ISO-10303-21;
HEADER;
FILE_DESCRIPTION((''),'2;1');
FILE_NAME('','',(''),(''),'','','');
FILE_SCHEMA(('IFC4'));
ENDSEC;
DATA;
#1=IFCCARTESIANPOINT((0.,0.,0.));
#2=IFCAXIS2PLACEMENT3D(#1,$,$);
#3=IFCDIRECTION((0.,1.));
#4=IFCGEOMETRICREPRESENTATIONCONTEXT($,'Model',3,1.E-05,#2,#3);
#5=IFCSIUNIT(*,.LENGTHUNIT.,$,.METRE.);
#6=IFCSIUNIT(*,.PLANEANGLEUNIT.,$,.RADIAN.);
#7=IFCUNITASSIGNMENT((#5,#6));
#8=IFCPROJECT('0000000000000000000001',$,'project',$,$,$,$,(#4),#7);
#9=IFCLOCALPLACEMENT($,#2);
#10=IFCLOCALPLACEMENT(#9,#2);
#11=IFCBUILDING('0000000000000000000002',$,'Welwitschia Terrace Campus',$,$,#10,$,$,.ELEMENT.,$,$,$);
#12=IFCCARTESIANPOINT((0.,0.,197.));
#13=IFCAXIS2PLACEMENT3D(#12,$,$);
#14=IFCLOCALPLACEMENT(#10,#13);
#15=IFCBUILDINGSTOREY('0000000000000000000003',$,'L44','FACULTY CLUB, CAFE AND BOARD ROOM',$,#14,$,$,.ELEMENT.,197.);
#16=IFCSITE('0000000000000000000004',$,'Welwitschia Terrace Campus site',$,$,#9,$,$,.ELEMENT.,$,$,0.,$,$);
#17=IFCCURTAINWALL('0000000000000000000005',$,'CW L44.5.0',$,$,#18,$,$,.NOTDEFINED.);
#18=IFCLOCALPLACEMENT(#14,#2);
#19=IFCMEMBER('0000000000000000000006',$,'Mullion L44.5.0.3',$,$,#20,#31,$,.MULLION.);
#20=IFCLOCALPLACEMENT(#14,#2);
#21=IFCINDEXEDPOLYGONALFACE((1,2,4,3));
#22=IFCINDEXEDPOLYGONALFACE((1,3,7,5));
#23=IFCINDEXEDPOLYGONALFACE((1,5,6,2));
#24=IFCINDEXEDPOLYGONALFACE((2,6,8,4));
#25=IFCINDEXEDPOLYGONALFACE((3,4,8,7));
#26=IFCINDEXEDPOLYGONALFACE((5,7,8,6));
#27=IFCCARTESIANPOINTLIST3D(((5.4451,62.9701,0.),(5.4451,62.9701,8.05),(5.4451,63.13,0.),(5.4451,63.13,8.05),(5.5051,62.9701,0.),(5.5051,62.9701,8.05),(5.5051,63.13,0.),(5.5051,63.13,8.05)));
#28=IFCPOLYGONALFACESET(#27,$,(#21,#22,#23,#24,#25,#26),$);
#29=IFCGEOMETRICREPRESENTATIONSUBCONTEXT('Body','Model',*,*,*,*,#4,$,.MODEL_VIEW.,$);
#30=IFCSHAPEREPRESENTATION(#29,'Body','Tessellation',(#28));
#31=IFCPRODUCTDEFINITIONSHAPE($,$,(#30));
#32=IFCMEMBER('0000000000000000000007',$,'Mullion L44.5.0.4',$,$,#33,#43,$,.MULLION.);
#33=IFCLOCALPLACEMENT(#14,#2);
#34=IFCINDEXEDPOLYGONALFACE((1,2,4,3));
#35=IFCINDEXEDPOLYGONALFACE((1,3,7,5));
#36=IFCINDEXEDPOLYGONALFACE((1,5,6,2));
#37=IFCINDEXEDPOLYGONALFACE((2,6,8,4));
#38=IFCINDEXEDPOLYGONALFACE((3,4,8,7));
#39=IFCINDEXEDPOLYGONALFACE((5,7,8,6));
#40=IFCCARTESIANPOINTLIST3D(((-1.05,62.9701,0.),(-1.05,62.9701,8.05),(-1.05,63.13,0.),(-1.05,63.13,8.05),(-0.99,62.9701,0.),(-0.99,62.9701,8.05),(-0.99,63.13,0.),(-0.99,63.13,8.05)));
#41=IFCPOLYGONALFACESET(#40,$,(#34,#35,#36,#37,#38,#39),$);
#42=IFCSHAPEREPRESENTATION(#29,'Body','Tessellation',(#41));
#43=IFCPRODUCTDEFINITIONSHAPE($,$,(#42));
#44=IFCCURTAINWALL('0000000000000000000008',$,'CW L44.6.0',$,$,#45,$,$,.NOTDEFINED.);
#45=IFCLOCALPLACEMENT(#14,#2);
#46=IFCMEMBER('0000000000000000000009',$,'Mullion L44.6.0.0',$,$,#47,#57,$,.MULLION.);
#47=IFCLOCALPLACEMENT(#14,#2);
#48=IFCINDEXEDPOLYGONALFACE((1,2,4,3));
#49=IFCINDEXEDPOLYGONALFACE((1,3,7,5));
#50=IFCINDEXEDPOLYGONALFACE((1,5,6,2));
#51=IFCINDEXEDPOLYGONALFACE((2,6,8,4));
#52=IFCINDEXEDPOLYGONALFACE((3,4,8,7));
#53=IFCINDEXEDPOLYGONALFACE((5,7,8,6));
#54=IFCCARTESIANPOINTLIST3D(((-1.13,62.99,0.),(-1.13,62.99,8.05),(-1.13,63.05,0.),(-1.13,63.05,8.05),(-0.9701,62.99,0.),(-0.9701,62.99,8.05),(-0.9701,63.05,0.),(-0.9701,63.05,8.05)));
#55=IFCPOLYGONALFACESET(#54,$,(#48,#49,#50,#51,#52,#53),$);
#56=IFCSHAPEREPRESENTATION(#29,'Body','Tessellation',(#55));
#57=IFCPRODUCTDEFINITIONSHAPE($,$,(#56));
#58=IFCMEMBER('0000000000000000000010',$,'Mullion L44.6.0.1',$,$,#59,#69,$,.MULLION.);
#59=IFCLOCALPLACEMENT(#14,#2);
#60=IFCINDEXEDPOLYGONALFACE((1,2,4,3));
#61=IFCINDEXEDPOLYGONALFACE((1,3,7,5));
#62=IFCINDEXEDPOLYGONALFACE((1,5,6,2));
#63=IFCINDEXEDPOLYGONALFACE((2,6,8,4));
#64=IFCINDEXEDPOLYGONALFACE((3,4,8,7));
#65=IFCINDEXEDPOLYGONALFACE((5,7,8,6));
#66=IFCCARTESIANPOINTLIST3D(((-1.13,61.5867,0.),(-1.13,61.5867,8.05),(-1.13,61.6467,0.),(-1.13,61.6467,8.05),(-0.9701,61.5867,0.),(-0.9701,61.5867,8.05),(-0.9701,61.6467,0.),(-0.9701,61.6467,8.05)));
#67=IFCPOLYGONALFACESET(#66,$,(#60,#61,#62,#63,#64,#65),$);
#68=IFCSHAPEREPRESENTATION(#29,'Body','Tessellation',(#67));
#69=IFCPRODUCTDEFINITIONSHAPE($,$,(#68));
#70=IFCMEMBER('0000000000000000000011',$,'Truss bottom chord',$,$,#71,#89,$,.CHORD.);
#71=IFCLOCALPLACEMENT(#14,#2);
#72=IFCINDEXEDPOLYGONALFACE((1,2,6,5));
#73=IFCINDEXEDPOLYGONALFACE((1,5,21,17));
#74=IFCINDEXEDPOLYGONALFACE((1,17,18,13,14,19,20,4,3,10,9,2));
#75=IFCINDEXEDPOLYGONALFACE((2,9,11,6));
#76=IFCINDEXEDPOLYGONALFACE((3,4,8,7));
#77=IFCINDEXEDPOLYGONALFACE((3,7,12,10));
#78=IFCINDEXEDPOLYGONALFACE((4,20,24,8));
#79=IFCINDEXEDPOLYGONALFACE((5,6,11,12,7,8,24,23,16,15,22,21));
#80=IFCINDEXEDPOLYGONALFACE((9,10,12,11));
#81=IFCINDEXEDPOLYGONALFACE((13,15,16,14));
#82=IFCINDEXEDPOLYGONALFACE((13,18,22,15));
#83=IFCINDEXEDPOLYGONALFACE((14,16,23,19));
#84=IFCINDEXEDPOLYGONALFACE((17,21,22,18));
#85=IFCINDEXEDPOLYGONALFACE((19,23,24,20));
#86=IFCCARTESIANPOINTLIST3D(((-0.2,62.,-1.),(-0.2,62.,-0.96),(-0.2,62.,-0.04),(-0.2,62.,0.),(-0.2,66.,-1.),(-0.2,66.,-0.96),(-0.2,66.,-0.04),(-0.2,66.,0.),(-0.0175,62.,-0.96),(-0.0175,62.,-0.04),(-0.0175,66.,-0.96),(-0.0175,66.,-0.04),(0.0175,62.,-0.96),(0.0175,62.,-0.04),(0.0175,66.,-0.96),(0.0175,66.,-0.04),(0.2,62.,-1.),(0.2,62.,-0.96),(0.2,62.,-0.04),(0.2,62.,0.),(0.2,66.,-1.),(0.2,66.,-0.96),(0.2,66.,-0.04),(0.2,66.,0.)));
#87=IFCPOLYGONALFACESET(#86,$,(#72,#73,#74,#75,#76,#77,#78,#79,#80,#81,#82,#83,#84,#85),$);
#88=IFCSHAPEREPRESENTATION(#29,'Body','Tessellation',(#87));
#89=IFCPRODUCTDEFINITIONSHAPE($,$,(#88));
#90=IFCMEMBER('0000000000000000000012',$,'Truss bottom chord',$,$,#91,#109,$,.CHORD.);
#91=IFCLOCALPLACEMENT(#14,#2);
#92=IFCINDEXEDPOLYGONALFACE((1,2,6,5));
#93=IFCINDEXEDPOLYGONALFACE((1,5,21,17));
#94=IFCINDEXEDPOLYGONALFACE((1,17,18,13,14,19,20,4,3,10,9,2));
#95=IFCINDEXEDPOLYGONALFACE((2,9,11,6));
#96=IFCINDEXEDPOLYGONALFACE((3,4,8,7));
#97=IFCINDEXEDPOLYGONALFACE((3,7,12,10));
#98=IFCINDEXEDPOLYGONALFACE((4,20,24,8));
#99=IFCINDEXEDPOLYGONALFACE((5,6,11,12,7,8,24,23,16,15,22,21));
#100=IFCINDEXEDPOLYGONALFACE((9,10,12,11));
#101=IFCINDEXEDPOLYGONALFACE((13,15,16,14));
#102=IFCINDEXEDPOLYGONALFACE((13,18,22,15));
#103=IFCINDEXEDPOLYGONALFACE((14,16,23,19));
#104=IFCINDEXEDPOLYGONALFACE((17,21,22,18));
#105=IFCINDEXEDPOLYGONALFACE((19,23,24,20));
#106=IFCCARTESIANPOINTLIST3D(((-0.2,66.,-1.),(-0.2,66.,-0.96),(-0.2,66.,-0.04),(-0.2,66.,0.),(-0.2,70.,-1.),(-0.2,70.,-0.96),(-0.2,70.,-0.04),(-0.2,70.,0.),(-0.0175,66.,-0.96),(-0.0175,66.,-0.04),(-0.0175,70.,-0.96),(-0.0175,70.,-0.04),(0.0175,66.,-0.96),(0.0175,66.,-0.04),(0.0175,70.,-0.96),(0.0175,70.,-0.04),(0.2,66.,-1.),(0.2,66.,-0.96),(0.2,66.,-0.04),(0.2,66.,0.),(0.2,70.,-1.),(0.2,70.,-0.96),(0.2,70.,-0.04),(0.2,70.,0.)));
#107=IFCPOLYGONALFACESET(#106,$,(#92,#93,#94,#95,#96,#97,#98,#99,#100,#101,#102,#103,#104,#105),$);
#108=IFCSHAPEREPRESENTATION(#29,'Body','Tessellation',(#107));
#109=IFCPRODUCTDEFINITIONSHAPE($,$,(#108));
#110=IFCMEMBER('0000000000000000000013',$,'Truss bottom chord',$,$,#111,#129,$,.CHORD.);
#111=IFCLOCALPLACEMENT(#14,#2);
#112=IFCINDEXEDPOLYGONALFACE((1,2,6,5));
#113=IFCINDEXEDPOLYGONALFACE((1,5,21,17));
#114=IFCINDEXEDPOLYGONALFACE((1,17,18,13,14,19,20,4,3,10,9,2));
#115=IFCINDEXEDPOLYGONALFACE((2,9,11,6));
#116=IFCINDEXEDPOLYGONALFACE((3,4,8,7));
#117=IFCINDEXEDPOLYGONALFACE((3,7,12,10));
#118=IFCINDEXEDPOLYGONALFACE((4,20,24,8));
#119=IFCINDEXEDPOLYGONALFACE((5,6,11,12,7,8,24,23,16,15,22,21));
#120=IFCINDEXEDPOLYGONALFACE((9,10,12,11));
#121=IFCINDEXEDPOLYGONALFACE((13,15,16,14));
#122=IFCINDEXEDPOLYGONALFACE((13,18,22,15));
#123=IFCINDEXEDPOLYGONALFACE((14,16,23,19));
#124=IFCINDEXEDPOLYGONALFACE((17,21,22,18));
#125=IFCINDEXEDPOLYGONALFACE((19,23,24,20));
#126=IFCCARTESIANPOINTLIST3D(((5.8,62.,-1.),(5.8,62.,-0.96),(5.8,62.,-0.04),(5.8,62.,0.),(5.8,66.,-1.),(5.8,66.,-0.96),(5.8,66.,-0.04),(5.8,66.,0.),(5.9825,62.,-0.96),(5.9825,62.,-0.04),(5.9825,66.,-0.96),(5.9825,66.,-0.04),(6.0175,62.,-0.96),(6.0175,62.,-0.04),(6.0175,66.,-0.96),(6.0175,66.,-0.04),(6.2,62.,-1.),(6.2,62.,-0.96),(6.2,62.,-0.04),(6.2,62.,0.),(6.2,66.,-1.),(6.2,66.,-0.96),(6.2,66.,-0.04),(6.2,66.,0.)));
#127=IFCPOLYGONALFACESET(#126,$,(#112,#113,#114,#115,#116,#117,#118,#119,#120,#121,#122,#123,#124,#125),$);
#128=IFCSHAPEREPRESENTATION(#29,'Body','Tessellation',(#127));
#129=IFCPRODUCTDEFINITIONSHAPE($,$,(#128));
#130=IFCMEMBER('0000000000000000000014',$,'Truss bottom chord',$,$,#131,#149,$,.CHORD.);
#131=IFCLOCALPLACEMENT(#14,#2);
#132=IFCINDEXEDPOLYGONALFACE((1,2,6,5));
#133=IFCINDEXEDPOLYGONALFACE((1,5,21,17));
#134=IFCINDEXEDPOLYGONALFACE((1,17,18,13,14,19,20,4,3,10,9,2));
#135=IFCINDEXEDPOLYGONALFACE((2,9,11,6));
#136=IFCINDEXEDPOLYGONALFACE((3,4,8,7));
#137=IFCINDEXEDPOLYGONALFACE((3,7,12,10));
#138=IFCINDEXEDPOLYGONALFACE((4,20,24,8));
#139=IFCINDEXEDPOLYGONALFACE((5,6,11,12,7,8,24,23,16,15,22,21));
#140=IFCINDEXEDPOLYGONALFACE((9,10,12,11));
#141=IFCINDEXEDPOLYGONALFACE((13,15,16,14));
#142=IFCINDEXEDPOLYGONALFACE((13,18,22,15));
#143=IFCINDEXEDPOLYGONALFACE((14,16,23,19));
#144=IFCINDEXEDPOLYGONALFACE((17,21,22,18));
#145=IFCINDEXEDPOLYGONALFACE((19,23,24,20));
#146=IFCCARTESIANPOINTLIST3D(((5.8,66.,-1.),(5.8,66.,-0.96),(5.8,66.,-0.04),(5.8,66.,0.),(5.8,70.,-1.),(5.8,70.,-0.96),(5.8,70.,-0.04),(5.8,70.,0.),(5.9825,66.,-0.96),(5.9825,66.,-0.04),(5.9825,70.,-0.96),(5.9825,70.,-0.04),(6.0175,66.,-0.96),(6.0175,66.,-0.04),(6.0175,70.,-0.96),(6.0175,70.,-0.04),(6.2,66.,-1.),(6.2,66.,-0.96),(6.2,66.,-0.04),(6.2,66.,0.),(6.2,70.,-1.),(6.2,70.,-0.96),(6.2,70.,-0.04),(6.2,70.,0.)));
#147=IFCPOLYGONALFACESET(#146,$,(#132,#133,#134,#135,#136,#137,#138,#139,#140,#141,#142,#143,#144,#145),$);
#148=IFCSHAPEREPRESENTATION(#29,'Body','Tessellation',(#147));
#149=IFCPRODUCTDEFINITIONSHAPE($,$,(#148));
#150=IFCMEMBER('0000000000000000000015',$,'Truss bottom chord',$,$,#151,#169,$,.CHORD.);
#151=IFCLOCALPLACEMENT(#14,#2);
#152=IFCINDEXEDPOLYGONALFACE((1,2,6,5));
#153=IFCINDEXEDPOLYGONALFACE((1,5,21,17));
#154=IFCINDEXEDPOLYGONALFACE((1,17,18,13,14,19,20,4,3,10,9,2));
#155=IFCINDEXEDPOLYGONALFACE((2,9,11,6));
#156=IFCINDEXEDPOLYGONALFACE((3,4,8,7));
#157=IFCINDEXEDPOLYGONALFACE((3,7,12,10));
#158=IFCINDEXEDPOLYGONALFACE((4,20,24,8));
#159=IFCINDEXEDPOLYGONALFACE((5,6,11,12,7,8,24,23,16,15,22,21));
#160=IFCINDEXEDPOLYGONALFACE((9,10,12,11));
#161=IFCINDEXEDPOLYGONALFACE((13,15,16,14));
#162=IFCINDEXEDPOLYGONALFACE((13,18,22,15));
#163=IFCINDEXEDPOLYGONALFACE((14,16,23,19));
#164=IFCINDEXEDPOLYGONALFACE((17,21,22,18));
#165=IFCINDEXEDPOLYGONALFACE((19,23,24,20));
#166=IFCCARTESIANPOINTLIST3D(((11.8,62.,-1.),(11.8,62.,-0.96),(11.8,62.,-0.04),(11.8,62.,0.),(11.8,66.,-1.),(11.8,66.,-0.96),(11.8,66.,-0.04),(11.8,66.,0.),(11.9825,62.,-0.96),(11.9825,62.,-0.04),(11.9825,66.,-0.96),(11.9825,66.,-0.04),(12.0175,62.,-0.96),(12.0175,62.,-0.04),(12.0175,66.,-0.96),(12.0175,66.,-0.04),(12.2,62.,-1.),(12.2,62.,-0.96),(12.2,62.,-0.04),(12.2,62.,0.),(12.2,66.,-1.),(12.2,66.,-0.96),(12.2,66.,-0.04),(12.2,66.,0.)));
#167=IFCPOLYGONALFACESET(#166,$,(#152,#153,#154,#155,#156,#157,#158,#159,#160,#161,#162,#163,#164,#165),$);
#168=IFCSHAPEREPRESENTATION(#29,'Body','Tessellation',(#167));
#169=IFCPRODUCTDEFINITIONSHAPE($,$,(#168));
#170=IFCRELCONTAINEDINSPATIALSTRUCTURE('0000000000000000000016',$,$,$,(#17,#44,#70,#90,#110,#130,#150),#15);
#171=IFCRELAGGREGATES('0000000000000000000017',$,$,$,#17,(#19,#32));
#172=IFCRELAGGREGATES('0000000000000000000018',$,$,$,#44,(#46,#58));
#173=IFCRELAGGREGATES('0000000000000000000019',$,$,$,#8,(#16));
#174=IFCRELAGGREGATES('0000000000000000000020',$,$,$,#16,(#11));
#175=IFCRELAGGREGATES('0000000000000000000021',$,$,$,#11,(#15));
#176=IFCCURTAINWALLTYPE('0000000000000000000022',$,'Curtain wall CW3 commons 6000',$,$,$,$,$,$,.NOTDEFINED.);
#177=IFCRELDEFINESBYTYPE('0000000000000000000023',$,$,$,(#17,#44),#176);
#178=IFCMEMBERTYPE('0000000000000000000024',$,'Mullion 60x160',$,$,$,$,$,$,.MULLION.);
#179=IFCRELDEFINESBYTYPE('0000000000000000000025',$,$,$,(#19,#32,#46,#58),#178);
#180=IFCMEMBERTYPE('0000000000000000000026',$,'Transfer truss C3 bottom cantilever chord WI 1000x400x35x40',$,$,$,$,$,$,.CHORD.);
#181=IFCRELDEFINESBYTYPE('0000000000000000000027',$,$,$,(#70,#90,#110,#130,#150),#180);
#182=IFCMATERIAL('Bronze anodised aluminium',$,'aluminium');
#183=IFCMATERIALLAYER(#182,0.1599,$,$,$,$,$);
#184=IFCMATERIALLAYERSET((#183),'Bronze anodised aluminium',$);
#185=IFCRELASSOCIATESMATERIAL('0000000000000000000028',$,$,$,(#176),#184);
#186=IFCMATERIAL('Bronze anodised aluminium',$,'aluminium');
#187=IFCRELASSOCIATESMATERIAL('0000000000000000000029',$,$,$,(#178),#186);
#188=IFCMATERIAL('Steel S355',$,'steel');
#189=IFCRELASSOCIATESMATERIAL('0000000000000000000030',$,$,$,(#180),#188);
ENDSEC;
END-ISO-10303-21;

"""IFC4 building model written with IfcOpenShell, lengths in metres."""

from ifc_helpers import new_model, si_unit, direction, frame, origin, origin_2d, place, context, subcontext, project, spatial, rectangle, i_section, extrude, material, layer, layer_set, material_profile, profile_set, type_object, element, aggregate, save


model = new_model("IFC4")

# Units and contexts
model_context = context("Model", 3, precision=1e-05, world=origin(), true_north=direction((0.0, 1.0)))
body_context = subcontext(model_context, "Body", "Model", "MODEL_VIEW")
ifc_project = project(units=[si_unit("LENGTHUNIT", "METRE"), si_unit("PLANEANGLEUNIT", "RADIAN")], contexts=[model_context])

# Site, building, storey
site_placement = place(None, origin())
site = spatial("IfcSite", under=ifc_project, at=site_placement, Name="Welwitschia Terrace Campus site", CompositionType="ELEMENT", RefElevation=0.0)
building_placement = place(site_placement, origin())
building = spatial("IfcBuilding", under=site, at=building_placement, Name="Welwitschia Terrace Campus", CompositionType="ELEMENT")
storey_placement = place(building_placement, frame((0.0, 0.0, 197.0)))
storey = spatial("IfcBuildingStorey", under=building, at=storey_placement, Name="L44", Description="FACULTY CLUB, CAFE AND BOARD ROOM", CompositionType="ELEMENT", Elevation=197.0)

# Curtain walls, members
ifc_material_1 = material(Name="Bronze anodised aluminium", Category="aluminium")
ifc_layer_1 = layer(ifc_material_1, 0.1599)
ifc_layer_set_1 = layer_set([ifc_layer_1], Name="Bronze anodised aluminium")
curtain_wall_type = type_object("IfcCurtainWallType", Name="Curtain wall CW3 commons 6000", PredefinedType="NOTDEFINED", material=ifc_layer_set_1)
curtain_wall_1_placement = place(storey_placement, origin())
curtain_wall_1 = element("IfcCurtainWall", 1, at=curtain_wall_1_placement, inside=storey, type_object=curtain_wall_type, Name="CW L44.5.0", PredefinedType="NOTDEFINED")
ifc_material_2 = material(Name="Bronze anodised aluminium", Category="aluminium")
ifc_material_profile_1 = material_profile(ifc_material_2, rectangle(XDim=0.1599, YDim=0.0601, at=origin_2d()))
ifc_profile_set_1 = profile_set([ifc_material_profile_1], Name="Bronze anodised aluminium")
member_type_1 = type_object("IfcMemberType", Name="Mullion 60x160", PredefinedType="MULLION", material=ifc_profile_set_1)
member_1_placement = place(storey_placement, frame((5.4751, 63.05, 0.0), z_axis=(0.0, 0.0, 1.0), x_axis=(0.0, -1.0, 0.0)))
member_1 = element("IfcMember", 2, at=member_1_placement, type_object=member_type_1, Name="Mullion L44.5.0.3", PredefinedType="MULLION", context=body_context, shape_type="SweptSolid", body=[
    extrude(rectangle(XDim=0.1599, YDim=0.0601, at=origin_2d()), origin(), (0.0, 0.0, 1.0), 8.05),
])
member_2_placement = place(storey_placement, frame((-1.02, 63.05, 0.0), z_axis=(0.0, 0.0, 1.0), x_axis=(0.0, -1.0, 0.0)))
member_2 = element("IfcMember", 3, at=member_2_placement, type_object=member_type_1, Name="Mullion L44.5.0.4", PredefinedType="MULLION", context=body_context, shape_type="SweptSolid", body=[
    extrude(rectangle(XDim=0.1599, YDim=0.0601, at=origin_2d()), origin(), (0.0, 0.0, 1.0), 8.05),
])
curtain_wall_2_placement = place(storey_placement, origin())
curtain_wall_2 = element("IfcCurtainWall", 4, at=curtain_wall_2_placement, inside=storey, type_object=curtain_wall_type, Name="CW L44.6.0", PredefinedType="NOTDEFINED")
member_3_placement = place(storey_placement, frame((-1.05, 63.02, 0.0), z_axis=(0.0, 0.0, 1.0), x_axis=(1.0, 0.0, 0.0)))
member_3 = element("IfcMember", 5, at=member_3_placement, type_object=member_type_1, Name="Mullion L44.6.0.0", PredefinedType="MULLION", context=body_context, shape_type="SweptSolid", body=[
    extrude(rectangle(XDim=0.1599, YDim=0.0601, at=origin_2d()), origin(), (0.0, 0.0, 1.0), 8.05),
])
member_4_placement = place(storey_placement, frame((-1.05, 61.6167, 0.0), z_axis=(0.0, 0.0, 1.0), x_axis=(1.0, 0.0, 0.0)))
member_4 = element("IfcMember", 6, at=member_4_placement, type_object=member_type_1, Name="Mullion L44.6.0.1", PredefinedType="MULLION", context=body_context, shape_type="SweptSolid", body=[
    extrude(rectangle(XDim=0.1599, YDim=0.0601, at=origin_2d()), origin(), (0.0, 0.0, 1.0), 8.05),
])

# Members
ifc_material_3 = material(Name="Steel S355", Category="steel")
ifc_material_profile_2 = material_profile(ifc_material_3, i_section(OverallWidth=0.3999, OverallDepth=1.0, WebThickness=0.0349, FlangeThickness=0.04, at=origin_2d()))
ifc_profile_set_2 = profile_set([ifc_material_profile_2], Name="Steel S355")
member_type_2 = type_object("IfcMemberType", Name="Transfer truss C3 bottom cantilever chord WI 1000x400x35x40", PredefinedType="CHORD", material=ifc_profile_set_2)
for number, where, z_axis, x_axis, name in (
    (7, (0.0, 62.0, -0.5), (0.0, 1.0, 0.0), (-1.0, 0.0, 0.0), "Truss bottom chord"),
    (8, (0.0, 66.0, -0.5), (0.0, 1.0, 0.0), (-1.0, 0.0, 0.0), "Truss bottom chord"),
    (9, (6.0, 62.0, -0.5), (0.0, 1.0, 0.0), (-1.0, 0.0, 0.0), "Truss bottom chord"),
    (10, (6.0, 66.0, -0.5), (0.0, 1.0, 0.0), (-1.0, 0.0, 0.0), "Truss bottom chord"),
    (11, (12.0, 62.0, -0.5), (0.0, 1.0, 0.0), (-1.0, 0.0, 0.0), "Truss bottom chord"),
):
    element("IfcMember", number, at=place(storey_placement, frame(where, z_axis=z_axis, x_axis=x_axis)), inside=storey, type_object=member_type_2, Name=name, PredefinedType="CHORD", context=body_context, shape_type="SweptSolid", body=[
        extrude(i_section(OverallWidth=0.3999, OverallDepth=1.0, WebThickness=0.0349, FlangeThickness=0.04, at=origin_2d()), origin(), (0.0, 0.0, 1.0), 4.0),
    ])

aggregate(curtain_wall_1, [member_1, member_2])
aggregate(curtain_wall_2, [member_3, member_4])

save(model, "model.ifc")
